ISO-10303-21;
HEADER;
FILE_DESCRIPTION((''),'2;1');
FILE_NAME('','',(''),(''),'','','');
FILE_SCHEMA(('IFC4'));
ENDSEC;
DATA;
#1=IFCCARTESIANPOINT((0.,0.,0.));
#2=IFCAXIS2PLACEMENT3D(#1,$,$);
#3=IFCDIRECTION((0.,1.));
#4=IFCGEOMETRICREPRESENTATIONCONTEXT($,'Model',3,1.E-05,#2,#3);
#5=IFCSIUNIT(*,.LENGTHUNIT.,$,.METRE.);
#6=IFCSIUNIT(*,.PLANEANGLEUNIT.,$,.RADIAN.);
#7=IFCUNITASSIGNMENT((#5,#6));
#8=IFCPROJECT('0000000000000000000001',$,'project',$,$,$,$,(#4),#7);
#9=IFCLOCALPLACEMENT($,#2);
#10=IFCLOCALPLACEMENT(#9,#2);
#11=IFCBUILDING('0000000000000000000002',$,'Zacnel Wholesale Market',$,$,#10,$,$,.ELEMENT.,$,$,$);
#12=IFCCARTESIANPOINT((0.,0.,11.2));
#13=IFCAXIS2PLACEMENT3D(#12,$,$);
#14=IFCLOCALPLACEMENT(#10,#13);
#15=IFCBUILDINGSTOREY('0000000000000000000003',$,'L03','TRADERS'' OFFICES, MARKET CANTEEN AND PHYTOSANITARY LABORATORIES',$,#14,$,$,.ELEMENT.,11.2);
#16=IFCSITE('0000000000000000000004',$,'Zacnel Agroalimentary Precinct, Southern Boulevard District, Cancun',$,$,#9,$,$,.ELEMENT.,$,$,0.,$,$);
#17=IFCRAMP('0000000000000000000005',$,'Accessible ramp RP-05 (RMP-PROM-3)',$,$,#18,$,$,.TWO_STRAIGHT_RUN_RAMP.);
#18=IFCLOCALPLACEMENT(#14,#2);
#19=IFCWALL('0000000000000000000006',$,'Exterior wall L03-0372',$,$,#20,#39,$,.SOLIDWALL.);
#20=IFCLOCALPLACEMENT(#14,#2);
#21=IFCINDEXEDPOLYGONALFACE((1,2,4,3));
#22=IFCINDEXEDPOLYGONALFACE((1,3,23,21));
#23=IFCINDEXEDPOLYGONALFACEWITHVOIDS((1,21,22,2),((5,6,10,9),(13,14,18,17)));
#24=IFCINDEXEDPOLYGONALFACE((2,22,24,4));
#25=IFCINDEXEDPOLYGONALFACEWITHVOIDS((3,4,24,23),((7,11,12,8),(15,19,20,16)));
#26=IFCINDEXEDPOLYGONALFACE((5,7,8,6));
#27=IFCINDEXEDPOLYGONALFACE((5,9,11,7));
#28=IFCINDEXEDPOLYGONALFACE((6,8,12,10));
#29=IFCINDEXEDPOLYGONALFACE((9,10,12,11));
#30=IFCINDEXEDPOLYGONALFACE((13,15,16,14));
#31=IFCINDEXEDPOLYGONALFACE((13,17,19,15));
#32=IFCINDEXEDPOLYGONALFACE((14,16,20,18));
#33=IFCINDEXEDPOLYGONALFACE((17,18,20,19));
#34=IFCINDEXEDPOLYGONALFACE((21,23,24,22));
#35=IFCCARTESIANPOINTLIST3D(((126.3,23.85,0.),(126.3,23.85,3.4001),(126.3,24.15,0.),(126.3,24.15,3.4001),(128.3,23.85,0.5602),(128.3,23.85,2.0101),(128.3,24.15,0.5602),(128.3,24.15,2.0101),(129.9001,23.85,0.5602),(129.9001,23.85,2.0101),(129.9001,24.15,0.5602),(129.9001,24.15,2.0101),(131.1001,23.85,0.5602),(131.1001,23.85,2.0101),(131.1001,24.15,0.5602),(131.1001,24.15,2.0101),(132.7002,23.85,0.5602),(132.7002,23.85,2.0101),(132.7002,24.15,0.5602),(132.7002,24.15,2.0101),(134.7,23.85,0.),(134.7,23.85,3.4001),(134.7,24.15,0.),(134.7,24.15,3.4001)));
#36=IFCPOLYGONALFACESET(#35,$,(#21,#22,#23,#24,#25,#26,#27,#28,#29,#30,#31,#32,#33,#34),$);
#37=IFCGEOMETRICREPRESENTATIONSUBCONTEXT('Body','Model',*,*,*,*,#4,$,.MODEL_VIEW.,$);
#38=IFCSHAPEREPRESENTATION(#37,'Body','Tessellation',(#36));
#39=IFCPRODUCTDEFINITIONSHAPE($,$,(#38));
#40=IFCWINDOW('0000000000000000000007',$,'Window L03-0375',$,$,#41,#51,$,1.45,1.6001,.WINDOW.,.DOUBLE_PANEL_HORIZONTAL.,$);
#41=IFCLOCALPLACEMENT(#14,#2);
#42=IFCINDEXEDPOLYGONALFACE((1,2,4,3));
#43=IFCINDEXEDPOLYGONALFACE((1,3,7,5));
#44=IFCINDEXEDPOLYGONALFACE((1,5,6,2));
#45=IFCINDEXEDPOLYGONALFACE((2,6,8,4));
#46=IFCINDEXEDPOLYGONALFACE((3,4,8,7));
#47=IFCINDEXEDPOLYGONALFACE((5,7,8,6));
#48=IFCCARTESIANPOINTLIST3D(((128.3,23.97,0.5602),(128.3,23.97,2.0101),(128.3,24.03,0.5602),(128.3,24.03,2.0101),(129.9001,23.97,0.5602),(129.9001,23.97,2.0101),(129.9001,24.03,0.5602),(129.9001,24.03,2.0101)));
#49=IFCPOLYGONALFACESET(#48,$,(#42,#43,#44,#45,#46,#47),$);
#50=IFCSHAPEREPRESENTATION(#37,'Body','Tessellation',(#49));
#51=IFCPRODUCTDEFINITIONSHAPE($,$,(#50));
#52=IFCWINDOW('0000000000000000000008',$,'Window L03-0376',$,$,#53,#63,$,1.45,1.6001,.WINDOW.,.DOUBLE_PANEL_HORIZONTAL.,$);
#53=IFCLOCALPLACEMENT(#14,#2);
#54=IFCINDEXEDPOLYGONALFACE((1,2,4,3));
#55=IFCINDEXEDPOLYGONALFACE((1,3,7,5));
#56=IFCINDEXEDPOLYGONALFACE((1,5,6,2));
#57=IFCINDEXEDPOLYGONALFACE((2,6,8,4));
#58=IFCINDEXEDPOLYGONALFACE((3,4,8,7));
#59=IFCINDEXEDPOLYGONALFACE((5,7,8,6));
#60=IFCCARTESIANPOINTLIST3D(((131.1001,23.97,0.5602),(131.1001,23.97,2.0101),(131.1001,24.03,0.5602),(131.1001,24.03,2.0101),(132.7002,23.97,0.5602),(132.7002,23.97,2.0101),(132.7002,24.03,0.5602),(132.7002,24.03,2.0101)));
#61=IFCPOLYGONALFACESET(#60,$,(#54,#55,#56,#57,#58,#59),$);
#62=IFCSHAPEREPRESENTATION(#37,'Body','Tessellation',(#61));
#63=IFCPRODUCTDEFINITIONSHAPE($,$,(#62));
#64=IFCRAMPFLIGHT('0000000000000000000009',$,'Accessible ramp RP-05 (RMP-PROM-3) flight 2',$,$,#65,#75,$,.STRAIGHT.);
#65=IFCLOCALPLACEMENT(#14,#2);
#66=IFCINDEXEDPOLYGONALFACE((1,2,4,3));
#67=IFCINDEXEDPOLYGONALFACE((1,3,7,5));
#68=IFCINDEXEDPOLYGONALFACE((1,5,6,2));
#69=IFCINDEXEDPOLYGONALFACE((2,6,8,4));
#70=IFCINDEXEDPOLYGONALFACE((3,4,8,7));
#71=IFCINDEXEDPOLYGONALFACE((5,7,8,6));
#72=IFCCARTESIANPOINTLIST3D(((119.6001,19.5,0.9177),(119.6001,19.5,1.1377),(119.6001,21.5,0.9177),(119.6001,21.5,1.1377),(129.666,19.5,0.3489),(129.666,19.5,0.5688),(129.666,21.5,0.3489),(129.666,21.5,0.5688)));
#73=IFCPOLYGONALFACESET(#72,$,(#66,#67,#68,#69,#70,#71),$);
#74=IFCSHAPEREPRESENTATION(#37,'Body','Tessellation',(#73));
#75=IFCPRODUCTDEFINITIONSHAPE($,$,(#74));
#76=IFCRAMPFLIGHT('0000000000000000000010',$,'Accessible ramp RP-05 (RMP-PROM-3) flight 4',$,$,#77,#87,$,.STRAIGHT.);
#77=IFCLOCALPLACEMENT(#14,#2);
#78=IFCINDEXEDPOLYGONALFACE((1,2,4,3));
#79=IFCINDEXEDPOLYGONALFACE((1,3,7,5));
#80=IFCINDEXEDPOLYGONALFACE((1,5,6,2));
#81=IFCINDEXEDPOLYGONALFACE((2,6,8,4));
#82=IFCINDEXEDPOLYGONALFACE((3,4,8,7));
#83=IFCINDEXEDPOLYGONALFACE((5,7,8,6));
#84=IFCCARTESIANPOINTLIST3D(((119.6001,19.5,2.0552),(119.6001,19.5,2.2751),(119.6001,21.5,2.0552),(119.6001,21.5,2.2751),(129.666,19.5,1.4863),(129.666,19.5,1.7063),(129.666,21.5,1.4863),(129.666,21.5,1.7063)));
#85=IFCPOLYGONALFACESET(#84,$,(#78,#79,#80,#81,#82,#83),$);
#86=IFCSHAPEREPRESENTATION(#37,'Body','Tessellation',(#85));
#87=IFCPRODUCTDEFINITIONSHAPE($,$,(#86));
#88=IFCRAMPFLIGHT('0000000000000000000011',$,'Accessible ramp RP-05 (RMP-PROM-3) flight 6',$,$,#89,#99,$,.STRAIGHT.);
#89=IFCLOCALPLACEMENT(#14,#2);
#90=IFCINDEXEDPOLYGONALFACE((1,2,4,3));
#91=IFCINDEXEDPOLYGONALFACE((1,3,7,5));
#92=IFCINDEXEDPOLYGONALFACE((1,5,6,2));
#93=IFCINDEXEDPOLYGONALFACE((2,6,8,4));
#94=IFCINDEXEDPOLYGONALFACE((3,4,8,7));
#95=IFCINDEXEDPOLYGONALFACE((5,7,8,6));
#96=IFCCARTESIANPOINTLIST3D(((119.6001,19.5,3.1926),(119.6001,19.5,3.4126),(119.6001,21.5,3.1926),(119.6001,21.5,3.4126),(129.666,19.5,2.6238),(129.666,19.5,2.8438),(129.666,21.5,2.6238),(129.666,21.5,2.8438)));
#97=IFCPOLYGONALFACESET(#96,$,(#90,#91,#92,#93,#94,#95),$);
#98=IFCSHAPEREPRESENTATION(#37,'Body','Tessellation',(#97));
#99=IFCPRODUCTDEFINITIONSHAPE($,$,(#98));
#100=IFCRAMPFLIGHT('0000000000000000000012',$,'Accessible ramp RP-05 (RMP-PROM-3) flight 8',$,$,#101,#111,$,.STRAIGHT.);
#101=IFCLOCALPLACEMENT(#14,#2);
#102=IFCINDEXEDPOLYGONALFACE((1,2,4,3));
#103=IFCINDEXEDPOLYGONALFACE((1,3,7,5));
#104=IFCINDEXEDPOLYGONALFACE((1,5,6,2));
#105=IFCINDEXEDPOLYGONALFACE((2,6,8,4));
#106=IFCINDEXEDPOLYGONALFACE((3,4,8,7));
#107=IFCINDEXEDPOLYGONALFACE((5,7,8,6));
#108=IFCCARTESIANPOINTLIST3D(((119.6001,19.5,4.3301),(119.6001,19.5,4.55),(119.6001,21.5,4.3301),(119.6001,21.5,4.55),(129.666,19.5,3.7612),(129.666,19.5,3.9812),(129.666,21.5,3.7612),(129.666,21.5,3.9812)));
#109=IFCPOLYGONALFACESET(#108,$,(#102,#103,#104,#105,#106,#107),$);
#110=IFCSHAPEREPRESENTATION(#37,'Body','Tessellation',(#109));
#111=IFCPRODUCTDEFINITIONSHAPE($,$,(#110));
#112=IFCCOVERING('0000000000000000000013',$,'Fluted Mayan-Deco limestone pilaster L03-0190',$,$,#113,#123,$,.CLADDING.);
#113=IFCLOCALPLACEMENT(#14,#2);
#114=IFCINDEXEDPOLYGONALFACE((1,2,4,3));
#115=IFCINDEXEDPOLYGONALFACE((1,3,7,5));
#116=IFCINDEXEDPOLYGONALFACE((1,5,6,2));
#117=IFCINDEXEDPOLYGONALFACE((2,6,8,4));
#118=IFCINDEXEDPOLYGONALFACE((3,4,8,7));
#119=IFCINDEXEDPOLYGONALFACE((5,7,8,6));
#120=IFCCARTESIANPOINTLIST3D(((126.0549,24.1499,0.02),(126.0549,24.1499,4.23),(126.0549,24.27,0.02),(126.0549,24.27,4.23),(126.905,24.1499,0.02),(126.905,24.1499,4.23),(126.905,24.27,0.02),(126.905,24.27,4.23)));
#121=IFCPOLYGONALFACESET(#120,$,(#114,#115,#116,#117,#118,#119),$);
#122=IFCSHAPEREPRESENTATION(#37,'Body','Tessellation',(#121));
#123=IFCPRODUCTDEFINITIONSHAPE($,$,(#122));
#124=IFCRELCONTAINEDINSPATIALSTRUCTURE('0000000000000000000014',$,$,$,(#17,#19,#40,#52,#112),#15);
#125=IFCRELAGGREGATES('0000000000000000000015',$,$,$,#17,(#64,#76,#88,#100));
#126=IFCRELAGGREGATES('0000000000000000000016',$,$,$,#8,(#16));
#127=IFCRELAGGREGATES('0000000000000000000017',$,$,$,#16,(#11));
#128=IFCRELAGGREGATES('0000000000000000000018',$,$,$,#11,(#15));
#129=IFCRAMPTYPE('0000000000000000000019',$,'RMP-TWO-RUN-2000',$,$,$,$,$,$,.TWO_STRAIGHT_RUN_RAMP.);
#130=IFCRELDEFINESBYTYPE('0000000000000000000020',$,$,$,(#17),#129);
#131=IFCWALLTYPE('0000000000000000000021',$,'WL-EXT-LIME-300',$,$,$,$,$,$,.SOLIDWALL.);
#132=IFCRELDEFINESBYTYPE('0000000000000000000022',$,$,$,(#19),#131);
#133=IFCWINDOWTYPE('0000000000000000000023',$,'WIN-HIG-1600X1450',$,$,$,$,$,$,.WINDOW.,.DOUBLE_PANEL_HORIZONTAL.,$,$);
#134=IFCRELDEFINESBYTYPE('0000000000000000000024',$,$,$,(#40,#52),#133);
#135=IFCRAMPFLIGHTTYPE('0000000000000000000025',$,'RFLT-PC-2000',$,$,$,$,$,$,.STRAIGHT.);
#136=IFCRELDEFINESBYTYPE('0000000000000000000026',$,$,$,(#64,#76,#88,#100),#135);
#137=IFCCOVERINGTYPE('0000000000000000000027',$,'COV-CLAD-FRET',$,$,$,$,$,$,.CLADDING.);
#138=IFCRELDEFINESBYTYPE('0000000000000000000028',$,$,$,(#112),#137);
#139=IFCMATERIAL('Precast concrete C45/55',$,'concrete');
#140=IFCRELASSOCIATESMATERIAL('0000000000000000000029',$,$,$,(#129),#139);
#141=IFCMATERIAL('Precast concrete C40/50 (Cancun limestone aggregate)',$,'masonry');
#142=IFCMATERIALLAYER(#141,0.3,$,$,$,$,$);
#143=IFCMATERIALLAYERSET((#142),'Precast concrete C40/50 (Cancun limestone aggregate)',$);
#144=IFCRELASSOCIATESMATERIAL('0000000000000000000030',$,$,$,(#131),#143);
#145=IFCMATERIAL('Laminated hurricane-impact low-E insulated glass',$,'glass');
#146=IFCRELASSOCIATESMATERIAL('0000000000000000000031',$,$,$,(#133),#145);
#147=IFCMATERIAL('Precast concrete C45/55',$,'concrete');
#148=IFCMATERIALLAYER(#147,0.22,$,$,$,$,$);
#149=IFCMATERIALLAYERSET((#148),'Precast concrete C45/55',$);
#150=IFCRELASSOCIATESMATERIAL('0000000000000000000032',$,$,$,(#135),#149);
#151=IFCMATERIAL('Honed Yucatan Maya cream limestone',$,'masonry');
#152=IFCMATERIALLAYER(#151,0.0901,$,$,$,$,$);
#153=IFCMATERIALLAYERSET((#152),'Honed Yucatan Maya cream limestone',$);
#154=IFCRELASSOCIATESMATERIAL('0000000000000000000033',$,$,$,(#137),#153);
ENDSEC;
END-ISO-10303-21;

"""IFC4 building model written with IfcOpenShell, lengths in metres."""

from ifc_helpers import new_model, si_unit, direction, frame, frame_2d, origin, origin_2d, place, context, subcontext, project, spatial, polyline, rectangle, outline, extrude, material, layer, layer_set, type_object, element, fill, aggregate, save


model = new_model("IFC4")

# Units and contexts
model_context = context("Model", 3, precision=1e-05, world=origin(), true_north=direction((0.0, 1.0)))
body_context = subcontext(model_context, "Body", "Model", "MODEL_VIEW")
ifc_project = project(units=[si_unit("LENGTHUNIT", "METRE"), si_unit("PLANEANGLEUNIT", "RADIAN")], contexts=[model_context])

# Site, building, storey
site_placement = place(None, origin())
site = spatial("IfcSite", under=ifc_project, at=site_placement, Name="Zacnel Agroalimentary Precinct, Southern Boulevard District, Cancun", CompositionType="ELEMENT", RefElevation=0.0)
building_placement = place(site_placement, origin())
building = spatial("IfcBuilding", under=site, at=building_placement, Name="Zacnel Wholesale Market", CompositionType="ELEMENT")
storey_placement = place(building_placement, frame((0.0, 0.0, 11.2)))
storey = spatial("IfcBuildingStorey", under=building, at=storey_placement, Name="L03", Description="TRADERS' OFFICES, MARKET CANTEEN AND PHYTOSANITARY LABORATORIES", CompositionType="ELEMENT", Elevation=11.2)

# Ramp
ifc_material_1 = material(Name="Precast concrete C45/55", Category="concrete")
ramp_type = type_object("IfcRampType", Name="RMP-TWO-RUN-2000", PredefinedType="TWO_STRAIGHT_RUN_RAMP", material=ifc_material_1)
ramp_placement = place(storey_placement, origin())
ramp = element("IfcRamp", 1, at=ramp_placement, inside=storey, type_object=ramp_type, Name="Accessible ramp RP-05 (RMP-PROM-3)", PredefinedType="TWO_STRAIGHT_RUN_RAMP")

# Wall, openings, windows
ifc_material_2 = material(Name="Precast concrete C40/50 (Cancun limestone aggregate)", Category="masonry")
ifc_layer_1 = layer(ifc_material_2, 0.3)
ifc_layer_set_1 = layer_set([ifc_layer_1], Name="Precast concrete C40/50 (Cancun limestone aggregate)")
wall_type = type_object("IfcWallType", Name="WL-EXT-LIME-300", PredefinedType="SOLIDWALL", material=ifc_layer_set_1)
wall_placement = place(storey_placement, frame((126.3, 24.0, 0.0), z_axis=(0.0, 0.0, 1.0), x_axis=(1.0, 0.0, 0.0)))
wall = element("IfcWall", 2, at=wall_placement, inside=storey, type_object=wall_type, Name="Exterior wall L03-0372", PredefinedType="SOLIDWALL", context=body_context, shape_type="SweptSolid", body=[
    extrude(rectangle(XDim=8.3999, YDim=0.3, at=frame_2d((4.2, 0.0))), origin(), (0.0, 0.0, 1.0), 3.4001),
])
opening_1_placement = place(wall_placement, frame((2.0, 0.0, 0.5601)))
opening_1 = element("IfcOpeningElement", 3, at=opening_1_placement, cuts=wall, PredefinedType="OPENING", context=body_context, shape_type="SweptSolid", body=[
    extrude(rectangle(XDim=1.6001, YDim=1.45, at=frame_2d((0.8, 0.7251))), frame((0.0, 0.1599, 0.0), z_axis=(0.0, -1.0, 0.0), x_axis=(1.0, 0.0, 0.0)), (0.0, 0.0, 1.0), 0.3201),
])
opening_2_placement = place(wall_placement, frame((4.8, 0.0, 0.5601)))
opening_2 = element("IfcOpeningElement", 4, at=opening_2_placement, cuts=wall, PredefinedType="OPENING", context=body_context, shape_type="SweptSolid", body=[
    extrude(rectangle(XDim=1.6001, YDim=1.45, at=frame_2d((0.8, 0.7251))), frame((0.0, 0.1599, 0.0), z_axis=(0.0, -1.0, 0.0), x_axis=(1.0, 0.0, 0.0)), (0.0, 0.0, 1.0), 0.3201),
])
ifc_material_3 = material(Name="Laminated hurricane-impact low-E insulated glass", Category="glass")
window_type = type_object("IfcWindowType", Name="WIN-HIG-1600X1450", PartitioningType="DOUBLE_PANEL_HORIZONTAL", PredefinedType="WINDOW", material=ifc_material_3)
window_1_placement = place(opening_1_placement, origin())
window_1 = element("IfcWindow", 5, at=window_1_placement, inside=storey, type_object=window_type, Name="Window L03-0375", OverallHeight=1.45, OverallWidth=1.6001, PartitioningType="DOUBLE_PANEL_HORIZONTAL", PredefinedType="WINDOW", context=body_context, shape_type="SweptSolid", body=[
    extrude(rectangle(XDim=1.6001, YDim=1.45, at=frame_2d((0.8, 0.7251))), frame((0.0, 0.03, 0.0), z_axis=(0.0, -1.0, 0.0), x_axis=(1.0, 0.0, 0.0)), (0.0, 0.0, 1.0), 0.0601),
])
fill(opening_1, window_1)
window_2_placement = place(opening_2_placement, origin())
window_2 = element("IfcWindow", 6, at=window_2_placement, inside=storey, type_object=window_type, Name="Window L03-0376", OverallHeight=1.45, OverallWidth=1.6001, PartitioningType="DOUBLE_PANEL_HORIZONTAL", PredefinedType="WINDOW", context=body_context, shape_type="SweptSolid", body=[
    extrude(rectangle(XDim=1.6001, YDim=1.45, at=frame_2d((0.8, 0.7251))), frame((0.0, 0.03, 0.0), z_axis=(0.0, -1.0, 0.0), x_axis=(1.0, 0.0, 0.0)), (0.0, 0.0, 1.0), 0.0601),
])
fill(opening_2, window_2)

# Ramp flights
ifc_material_4 = material(Name="Precast concrete C45/55", Category="concrete")
ifc_layer_2 = layer(ifc_material_4, 0.22)
ifc_layer_set_2 = layer_set([ifc_layer_2], Name="Precast concrete C45/55")
ramp_flight_type = type_object("IfcRampFlightType", Name="RFLT-PC-2000", PredefinedType="STRAIGHT", material=ifc_layer_set_2)
ramp_flight_1_placement = place(storey_placement, frame((129.666, 20.5, 0.5688), z_axis=(0.0, 0.0, 1.0), x_axis=(-1.0, 0.0, 0.0)))
ramp_flight_1 = element("IfcRampFlight", 7, at=ramp_flight_1_placement, type_object=ramp_flight_type, Name="Accessible ramp RP-05 (RMP-PROM-3) flight 2", PredefinedType="STRAIGHT", context=body_context, shape_type="SweptSolid", body=[
    extrude(outline(polyline([(0.0, 0.0), (10.0659, 0.5688), (10.0659, 0.3489), (0.0, -0.22), (0.0, 0.0)])), frame((0.0, 1.0, 0.0), z_axis=(0.0, -1.0, 0.0), x_axis=(1.0, 0.0, 0.0)), (0.0, 0.0, 1.0), 2.0),
])
ramp_flight_2_placement = place(storey_placement, frame((129.666, 20.5, 1.7063), z_axis=(0.0, 0.0, 1.0), x_axis=(-1.0, 0.0, 0.0)))
ramp_flight_2 = element("IfcRampFlight", 8, at=ramp_flight_2_placement, type_object=ramp_flight_type, Name="Accessible ramp RP-05 (RMP-PROM-3) flight 4", PredefinedType="STRAIGHT", context=body_context, shape_type="SweptSolid", body=[
    extrude(outline(polyline([(0.0, 0.0), (10.0659, 0.5688), (10.0659, 0.3489), (0.0, -0.22), (0.0, 0.0)])), frame((0.0, 1.0, 0.0), z_axis=(0.0, -1.0, 0.0), x_axis=(1.0, 0.0, 0.0)), (0.0, 0.0, 1.0), 2.0),
])
ramp_flight_3_placement = place(storey_placement, frame((129.666, 20.5, 2.8438), z_axis=(0.0, 0.0, 1.0), x_axis=(-1.0, 0.0, 0.0)))
ramp_flight_3 = element("IfcRampFlight", 9, at=ramp_flight_3_placement, type_object=ramp_flight_type, Name="Accessible ramp RP-05 (RMP-PROM-3) flight 6", PredefinedType="STRAIGHT", context=body_context, shape_type="SweptSolid", body=[
    extrude(outline(polyline([(0.0, 0.0), (10.0659, 0.5688), (10.0659, 0.3489), (0.0, -0.22), (0.0, 0.0)])), frame((0.0, 1.0, 0.0), z_axis=(0.0, -1.0, 0.0), x_axis=(1.0, 0.0, 0.0)), (0.0, 0.0, 1.0), 2.0),
])
ramp_flight_4_placement = place(storey_placement, frame((129.666, 20.5, 3.9812), z_axis=(0.0, 0.0, 1.0), x_axis=(-1.0, 0.0, 0.0)))
ramp_flight_4 = element("IfcRampFlight", 10, at=ramp_flight_4_placement, type_object=ramp_flight_type, Name="Accessible ramp RP-05 (RMP-PROM-3) flight 8", PredefinedType="STRAIGHT", context=body_context, shape_type="SweptSolid", body=[
    extrude(outline(polyline([(0.0, 0.0), (10.0659, 0.5688), (10.0659, 0.3489), (0.0, -0.22), (0.0, 0.0)])), frame((0.0, 1.0, 0.0), z_axis=(0.0, -1.0, 0.0), x_axis=(1.0, 0.0, 0.0)), (0.0, 0.0, 1.0), 2.0),
])
aggregate(ramp, [ramp_flight_1, ramp_flight_2, ramp_flight_3, ramp_flight_4])

# Covering
ifc_material_5 = material(Name="Honed Yucatan Maya cream limestone", Category="masonry")
ifc_layer_3 = layer(ifc_material_5, 0.0901)
ifc_layer_set_3 = layer_set([ifc_layer_3], Name="Honed Yucatan Maya cream limestone")
covering_type = type_object("IfcCoveringType", Name="COV-CLAD-FRET", PredefinedType="CLADDING", material=ifc_layer_set_3)
covering_placement = place(storey_placement, frame((126.48, 24.21, 0.02), z_axis=(0.0, 0.0, 1.0), x_axis=(1.0, 0.0, 0.0)))
element("IfcCovering", 11, at=covering_placement, inside=storey, type_object=covering_type, Name="Fluted Mayan-Deco limestone pilaster L03-0190", PredefinedType="CLADDING", context=body_context, shape_type="SweptSolid", body=[
    extrude(rectangle(XDim=0.8501, YDim=0.1201, at=origin_2d()), origin(), (0.0, 0.0, 1.0), 4.21),
])

save(model, "model.ifc")
